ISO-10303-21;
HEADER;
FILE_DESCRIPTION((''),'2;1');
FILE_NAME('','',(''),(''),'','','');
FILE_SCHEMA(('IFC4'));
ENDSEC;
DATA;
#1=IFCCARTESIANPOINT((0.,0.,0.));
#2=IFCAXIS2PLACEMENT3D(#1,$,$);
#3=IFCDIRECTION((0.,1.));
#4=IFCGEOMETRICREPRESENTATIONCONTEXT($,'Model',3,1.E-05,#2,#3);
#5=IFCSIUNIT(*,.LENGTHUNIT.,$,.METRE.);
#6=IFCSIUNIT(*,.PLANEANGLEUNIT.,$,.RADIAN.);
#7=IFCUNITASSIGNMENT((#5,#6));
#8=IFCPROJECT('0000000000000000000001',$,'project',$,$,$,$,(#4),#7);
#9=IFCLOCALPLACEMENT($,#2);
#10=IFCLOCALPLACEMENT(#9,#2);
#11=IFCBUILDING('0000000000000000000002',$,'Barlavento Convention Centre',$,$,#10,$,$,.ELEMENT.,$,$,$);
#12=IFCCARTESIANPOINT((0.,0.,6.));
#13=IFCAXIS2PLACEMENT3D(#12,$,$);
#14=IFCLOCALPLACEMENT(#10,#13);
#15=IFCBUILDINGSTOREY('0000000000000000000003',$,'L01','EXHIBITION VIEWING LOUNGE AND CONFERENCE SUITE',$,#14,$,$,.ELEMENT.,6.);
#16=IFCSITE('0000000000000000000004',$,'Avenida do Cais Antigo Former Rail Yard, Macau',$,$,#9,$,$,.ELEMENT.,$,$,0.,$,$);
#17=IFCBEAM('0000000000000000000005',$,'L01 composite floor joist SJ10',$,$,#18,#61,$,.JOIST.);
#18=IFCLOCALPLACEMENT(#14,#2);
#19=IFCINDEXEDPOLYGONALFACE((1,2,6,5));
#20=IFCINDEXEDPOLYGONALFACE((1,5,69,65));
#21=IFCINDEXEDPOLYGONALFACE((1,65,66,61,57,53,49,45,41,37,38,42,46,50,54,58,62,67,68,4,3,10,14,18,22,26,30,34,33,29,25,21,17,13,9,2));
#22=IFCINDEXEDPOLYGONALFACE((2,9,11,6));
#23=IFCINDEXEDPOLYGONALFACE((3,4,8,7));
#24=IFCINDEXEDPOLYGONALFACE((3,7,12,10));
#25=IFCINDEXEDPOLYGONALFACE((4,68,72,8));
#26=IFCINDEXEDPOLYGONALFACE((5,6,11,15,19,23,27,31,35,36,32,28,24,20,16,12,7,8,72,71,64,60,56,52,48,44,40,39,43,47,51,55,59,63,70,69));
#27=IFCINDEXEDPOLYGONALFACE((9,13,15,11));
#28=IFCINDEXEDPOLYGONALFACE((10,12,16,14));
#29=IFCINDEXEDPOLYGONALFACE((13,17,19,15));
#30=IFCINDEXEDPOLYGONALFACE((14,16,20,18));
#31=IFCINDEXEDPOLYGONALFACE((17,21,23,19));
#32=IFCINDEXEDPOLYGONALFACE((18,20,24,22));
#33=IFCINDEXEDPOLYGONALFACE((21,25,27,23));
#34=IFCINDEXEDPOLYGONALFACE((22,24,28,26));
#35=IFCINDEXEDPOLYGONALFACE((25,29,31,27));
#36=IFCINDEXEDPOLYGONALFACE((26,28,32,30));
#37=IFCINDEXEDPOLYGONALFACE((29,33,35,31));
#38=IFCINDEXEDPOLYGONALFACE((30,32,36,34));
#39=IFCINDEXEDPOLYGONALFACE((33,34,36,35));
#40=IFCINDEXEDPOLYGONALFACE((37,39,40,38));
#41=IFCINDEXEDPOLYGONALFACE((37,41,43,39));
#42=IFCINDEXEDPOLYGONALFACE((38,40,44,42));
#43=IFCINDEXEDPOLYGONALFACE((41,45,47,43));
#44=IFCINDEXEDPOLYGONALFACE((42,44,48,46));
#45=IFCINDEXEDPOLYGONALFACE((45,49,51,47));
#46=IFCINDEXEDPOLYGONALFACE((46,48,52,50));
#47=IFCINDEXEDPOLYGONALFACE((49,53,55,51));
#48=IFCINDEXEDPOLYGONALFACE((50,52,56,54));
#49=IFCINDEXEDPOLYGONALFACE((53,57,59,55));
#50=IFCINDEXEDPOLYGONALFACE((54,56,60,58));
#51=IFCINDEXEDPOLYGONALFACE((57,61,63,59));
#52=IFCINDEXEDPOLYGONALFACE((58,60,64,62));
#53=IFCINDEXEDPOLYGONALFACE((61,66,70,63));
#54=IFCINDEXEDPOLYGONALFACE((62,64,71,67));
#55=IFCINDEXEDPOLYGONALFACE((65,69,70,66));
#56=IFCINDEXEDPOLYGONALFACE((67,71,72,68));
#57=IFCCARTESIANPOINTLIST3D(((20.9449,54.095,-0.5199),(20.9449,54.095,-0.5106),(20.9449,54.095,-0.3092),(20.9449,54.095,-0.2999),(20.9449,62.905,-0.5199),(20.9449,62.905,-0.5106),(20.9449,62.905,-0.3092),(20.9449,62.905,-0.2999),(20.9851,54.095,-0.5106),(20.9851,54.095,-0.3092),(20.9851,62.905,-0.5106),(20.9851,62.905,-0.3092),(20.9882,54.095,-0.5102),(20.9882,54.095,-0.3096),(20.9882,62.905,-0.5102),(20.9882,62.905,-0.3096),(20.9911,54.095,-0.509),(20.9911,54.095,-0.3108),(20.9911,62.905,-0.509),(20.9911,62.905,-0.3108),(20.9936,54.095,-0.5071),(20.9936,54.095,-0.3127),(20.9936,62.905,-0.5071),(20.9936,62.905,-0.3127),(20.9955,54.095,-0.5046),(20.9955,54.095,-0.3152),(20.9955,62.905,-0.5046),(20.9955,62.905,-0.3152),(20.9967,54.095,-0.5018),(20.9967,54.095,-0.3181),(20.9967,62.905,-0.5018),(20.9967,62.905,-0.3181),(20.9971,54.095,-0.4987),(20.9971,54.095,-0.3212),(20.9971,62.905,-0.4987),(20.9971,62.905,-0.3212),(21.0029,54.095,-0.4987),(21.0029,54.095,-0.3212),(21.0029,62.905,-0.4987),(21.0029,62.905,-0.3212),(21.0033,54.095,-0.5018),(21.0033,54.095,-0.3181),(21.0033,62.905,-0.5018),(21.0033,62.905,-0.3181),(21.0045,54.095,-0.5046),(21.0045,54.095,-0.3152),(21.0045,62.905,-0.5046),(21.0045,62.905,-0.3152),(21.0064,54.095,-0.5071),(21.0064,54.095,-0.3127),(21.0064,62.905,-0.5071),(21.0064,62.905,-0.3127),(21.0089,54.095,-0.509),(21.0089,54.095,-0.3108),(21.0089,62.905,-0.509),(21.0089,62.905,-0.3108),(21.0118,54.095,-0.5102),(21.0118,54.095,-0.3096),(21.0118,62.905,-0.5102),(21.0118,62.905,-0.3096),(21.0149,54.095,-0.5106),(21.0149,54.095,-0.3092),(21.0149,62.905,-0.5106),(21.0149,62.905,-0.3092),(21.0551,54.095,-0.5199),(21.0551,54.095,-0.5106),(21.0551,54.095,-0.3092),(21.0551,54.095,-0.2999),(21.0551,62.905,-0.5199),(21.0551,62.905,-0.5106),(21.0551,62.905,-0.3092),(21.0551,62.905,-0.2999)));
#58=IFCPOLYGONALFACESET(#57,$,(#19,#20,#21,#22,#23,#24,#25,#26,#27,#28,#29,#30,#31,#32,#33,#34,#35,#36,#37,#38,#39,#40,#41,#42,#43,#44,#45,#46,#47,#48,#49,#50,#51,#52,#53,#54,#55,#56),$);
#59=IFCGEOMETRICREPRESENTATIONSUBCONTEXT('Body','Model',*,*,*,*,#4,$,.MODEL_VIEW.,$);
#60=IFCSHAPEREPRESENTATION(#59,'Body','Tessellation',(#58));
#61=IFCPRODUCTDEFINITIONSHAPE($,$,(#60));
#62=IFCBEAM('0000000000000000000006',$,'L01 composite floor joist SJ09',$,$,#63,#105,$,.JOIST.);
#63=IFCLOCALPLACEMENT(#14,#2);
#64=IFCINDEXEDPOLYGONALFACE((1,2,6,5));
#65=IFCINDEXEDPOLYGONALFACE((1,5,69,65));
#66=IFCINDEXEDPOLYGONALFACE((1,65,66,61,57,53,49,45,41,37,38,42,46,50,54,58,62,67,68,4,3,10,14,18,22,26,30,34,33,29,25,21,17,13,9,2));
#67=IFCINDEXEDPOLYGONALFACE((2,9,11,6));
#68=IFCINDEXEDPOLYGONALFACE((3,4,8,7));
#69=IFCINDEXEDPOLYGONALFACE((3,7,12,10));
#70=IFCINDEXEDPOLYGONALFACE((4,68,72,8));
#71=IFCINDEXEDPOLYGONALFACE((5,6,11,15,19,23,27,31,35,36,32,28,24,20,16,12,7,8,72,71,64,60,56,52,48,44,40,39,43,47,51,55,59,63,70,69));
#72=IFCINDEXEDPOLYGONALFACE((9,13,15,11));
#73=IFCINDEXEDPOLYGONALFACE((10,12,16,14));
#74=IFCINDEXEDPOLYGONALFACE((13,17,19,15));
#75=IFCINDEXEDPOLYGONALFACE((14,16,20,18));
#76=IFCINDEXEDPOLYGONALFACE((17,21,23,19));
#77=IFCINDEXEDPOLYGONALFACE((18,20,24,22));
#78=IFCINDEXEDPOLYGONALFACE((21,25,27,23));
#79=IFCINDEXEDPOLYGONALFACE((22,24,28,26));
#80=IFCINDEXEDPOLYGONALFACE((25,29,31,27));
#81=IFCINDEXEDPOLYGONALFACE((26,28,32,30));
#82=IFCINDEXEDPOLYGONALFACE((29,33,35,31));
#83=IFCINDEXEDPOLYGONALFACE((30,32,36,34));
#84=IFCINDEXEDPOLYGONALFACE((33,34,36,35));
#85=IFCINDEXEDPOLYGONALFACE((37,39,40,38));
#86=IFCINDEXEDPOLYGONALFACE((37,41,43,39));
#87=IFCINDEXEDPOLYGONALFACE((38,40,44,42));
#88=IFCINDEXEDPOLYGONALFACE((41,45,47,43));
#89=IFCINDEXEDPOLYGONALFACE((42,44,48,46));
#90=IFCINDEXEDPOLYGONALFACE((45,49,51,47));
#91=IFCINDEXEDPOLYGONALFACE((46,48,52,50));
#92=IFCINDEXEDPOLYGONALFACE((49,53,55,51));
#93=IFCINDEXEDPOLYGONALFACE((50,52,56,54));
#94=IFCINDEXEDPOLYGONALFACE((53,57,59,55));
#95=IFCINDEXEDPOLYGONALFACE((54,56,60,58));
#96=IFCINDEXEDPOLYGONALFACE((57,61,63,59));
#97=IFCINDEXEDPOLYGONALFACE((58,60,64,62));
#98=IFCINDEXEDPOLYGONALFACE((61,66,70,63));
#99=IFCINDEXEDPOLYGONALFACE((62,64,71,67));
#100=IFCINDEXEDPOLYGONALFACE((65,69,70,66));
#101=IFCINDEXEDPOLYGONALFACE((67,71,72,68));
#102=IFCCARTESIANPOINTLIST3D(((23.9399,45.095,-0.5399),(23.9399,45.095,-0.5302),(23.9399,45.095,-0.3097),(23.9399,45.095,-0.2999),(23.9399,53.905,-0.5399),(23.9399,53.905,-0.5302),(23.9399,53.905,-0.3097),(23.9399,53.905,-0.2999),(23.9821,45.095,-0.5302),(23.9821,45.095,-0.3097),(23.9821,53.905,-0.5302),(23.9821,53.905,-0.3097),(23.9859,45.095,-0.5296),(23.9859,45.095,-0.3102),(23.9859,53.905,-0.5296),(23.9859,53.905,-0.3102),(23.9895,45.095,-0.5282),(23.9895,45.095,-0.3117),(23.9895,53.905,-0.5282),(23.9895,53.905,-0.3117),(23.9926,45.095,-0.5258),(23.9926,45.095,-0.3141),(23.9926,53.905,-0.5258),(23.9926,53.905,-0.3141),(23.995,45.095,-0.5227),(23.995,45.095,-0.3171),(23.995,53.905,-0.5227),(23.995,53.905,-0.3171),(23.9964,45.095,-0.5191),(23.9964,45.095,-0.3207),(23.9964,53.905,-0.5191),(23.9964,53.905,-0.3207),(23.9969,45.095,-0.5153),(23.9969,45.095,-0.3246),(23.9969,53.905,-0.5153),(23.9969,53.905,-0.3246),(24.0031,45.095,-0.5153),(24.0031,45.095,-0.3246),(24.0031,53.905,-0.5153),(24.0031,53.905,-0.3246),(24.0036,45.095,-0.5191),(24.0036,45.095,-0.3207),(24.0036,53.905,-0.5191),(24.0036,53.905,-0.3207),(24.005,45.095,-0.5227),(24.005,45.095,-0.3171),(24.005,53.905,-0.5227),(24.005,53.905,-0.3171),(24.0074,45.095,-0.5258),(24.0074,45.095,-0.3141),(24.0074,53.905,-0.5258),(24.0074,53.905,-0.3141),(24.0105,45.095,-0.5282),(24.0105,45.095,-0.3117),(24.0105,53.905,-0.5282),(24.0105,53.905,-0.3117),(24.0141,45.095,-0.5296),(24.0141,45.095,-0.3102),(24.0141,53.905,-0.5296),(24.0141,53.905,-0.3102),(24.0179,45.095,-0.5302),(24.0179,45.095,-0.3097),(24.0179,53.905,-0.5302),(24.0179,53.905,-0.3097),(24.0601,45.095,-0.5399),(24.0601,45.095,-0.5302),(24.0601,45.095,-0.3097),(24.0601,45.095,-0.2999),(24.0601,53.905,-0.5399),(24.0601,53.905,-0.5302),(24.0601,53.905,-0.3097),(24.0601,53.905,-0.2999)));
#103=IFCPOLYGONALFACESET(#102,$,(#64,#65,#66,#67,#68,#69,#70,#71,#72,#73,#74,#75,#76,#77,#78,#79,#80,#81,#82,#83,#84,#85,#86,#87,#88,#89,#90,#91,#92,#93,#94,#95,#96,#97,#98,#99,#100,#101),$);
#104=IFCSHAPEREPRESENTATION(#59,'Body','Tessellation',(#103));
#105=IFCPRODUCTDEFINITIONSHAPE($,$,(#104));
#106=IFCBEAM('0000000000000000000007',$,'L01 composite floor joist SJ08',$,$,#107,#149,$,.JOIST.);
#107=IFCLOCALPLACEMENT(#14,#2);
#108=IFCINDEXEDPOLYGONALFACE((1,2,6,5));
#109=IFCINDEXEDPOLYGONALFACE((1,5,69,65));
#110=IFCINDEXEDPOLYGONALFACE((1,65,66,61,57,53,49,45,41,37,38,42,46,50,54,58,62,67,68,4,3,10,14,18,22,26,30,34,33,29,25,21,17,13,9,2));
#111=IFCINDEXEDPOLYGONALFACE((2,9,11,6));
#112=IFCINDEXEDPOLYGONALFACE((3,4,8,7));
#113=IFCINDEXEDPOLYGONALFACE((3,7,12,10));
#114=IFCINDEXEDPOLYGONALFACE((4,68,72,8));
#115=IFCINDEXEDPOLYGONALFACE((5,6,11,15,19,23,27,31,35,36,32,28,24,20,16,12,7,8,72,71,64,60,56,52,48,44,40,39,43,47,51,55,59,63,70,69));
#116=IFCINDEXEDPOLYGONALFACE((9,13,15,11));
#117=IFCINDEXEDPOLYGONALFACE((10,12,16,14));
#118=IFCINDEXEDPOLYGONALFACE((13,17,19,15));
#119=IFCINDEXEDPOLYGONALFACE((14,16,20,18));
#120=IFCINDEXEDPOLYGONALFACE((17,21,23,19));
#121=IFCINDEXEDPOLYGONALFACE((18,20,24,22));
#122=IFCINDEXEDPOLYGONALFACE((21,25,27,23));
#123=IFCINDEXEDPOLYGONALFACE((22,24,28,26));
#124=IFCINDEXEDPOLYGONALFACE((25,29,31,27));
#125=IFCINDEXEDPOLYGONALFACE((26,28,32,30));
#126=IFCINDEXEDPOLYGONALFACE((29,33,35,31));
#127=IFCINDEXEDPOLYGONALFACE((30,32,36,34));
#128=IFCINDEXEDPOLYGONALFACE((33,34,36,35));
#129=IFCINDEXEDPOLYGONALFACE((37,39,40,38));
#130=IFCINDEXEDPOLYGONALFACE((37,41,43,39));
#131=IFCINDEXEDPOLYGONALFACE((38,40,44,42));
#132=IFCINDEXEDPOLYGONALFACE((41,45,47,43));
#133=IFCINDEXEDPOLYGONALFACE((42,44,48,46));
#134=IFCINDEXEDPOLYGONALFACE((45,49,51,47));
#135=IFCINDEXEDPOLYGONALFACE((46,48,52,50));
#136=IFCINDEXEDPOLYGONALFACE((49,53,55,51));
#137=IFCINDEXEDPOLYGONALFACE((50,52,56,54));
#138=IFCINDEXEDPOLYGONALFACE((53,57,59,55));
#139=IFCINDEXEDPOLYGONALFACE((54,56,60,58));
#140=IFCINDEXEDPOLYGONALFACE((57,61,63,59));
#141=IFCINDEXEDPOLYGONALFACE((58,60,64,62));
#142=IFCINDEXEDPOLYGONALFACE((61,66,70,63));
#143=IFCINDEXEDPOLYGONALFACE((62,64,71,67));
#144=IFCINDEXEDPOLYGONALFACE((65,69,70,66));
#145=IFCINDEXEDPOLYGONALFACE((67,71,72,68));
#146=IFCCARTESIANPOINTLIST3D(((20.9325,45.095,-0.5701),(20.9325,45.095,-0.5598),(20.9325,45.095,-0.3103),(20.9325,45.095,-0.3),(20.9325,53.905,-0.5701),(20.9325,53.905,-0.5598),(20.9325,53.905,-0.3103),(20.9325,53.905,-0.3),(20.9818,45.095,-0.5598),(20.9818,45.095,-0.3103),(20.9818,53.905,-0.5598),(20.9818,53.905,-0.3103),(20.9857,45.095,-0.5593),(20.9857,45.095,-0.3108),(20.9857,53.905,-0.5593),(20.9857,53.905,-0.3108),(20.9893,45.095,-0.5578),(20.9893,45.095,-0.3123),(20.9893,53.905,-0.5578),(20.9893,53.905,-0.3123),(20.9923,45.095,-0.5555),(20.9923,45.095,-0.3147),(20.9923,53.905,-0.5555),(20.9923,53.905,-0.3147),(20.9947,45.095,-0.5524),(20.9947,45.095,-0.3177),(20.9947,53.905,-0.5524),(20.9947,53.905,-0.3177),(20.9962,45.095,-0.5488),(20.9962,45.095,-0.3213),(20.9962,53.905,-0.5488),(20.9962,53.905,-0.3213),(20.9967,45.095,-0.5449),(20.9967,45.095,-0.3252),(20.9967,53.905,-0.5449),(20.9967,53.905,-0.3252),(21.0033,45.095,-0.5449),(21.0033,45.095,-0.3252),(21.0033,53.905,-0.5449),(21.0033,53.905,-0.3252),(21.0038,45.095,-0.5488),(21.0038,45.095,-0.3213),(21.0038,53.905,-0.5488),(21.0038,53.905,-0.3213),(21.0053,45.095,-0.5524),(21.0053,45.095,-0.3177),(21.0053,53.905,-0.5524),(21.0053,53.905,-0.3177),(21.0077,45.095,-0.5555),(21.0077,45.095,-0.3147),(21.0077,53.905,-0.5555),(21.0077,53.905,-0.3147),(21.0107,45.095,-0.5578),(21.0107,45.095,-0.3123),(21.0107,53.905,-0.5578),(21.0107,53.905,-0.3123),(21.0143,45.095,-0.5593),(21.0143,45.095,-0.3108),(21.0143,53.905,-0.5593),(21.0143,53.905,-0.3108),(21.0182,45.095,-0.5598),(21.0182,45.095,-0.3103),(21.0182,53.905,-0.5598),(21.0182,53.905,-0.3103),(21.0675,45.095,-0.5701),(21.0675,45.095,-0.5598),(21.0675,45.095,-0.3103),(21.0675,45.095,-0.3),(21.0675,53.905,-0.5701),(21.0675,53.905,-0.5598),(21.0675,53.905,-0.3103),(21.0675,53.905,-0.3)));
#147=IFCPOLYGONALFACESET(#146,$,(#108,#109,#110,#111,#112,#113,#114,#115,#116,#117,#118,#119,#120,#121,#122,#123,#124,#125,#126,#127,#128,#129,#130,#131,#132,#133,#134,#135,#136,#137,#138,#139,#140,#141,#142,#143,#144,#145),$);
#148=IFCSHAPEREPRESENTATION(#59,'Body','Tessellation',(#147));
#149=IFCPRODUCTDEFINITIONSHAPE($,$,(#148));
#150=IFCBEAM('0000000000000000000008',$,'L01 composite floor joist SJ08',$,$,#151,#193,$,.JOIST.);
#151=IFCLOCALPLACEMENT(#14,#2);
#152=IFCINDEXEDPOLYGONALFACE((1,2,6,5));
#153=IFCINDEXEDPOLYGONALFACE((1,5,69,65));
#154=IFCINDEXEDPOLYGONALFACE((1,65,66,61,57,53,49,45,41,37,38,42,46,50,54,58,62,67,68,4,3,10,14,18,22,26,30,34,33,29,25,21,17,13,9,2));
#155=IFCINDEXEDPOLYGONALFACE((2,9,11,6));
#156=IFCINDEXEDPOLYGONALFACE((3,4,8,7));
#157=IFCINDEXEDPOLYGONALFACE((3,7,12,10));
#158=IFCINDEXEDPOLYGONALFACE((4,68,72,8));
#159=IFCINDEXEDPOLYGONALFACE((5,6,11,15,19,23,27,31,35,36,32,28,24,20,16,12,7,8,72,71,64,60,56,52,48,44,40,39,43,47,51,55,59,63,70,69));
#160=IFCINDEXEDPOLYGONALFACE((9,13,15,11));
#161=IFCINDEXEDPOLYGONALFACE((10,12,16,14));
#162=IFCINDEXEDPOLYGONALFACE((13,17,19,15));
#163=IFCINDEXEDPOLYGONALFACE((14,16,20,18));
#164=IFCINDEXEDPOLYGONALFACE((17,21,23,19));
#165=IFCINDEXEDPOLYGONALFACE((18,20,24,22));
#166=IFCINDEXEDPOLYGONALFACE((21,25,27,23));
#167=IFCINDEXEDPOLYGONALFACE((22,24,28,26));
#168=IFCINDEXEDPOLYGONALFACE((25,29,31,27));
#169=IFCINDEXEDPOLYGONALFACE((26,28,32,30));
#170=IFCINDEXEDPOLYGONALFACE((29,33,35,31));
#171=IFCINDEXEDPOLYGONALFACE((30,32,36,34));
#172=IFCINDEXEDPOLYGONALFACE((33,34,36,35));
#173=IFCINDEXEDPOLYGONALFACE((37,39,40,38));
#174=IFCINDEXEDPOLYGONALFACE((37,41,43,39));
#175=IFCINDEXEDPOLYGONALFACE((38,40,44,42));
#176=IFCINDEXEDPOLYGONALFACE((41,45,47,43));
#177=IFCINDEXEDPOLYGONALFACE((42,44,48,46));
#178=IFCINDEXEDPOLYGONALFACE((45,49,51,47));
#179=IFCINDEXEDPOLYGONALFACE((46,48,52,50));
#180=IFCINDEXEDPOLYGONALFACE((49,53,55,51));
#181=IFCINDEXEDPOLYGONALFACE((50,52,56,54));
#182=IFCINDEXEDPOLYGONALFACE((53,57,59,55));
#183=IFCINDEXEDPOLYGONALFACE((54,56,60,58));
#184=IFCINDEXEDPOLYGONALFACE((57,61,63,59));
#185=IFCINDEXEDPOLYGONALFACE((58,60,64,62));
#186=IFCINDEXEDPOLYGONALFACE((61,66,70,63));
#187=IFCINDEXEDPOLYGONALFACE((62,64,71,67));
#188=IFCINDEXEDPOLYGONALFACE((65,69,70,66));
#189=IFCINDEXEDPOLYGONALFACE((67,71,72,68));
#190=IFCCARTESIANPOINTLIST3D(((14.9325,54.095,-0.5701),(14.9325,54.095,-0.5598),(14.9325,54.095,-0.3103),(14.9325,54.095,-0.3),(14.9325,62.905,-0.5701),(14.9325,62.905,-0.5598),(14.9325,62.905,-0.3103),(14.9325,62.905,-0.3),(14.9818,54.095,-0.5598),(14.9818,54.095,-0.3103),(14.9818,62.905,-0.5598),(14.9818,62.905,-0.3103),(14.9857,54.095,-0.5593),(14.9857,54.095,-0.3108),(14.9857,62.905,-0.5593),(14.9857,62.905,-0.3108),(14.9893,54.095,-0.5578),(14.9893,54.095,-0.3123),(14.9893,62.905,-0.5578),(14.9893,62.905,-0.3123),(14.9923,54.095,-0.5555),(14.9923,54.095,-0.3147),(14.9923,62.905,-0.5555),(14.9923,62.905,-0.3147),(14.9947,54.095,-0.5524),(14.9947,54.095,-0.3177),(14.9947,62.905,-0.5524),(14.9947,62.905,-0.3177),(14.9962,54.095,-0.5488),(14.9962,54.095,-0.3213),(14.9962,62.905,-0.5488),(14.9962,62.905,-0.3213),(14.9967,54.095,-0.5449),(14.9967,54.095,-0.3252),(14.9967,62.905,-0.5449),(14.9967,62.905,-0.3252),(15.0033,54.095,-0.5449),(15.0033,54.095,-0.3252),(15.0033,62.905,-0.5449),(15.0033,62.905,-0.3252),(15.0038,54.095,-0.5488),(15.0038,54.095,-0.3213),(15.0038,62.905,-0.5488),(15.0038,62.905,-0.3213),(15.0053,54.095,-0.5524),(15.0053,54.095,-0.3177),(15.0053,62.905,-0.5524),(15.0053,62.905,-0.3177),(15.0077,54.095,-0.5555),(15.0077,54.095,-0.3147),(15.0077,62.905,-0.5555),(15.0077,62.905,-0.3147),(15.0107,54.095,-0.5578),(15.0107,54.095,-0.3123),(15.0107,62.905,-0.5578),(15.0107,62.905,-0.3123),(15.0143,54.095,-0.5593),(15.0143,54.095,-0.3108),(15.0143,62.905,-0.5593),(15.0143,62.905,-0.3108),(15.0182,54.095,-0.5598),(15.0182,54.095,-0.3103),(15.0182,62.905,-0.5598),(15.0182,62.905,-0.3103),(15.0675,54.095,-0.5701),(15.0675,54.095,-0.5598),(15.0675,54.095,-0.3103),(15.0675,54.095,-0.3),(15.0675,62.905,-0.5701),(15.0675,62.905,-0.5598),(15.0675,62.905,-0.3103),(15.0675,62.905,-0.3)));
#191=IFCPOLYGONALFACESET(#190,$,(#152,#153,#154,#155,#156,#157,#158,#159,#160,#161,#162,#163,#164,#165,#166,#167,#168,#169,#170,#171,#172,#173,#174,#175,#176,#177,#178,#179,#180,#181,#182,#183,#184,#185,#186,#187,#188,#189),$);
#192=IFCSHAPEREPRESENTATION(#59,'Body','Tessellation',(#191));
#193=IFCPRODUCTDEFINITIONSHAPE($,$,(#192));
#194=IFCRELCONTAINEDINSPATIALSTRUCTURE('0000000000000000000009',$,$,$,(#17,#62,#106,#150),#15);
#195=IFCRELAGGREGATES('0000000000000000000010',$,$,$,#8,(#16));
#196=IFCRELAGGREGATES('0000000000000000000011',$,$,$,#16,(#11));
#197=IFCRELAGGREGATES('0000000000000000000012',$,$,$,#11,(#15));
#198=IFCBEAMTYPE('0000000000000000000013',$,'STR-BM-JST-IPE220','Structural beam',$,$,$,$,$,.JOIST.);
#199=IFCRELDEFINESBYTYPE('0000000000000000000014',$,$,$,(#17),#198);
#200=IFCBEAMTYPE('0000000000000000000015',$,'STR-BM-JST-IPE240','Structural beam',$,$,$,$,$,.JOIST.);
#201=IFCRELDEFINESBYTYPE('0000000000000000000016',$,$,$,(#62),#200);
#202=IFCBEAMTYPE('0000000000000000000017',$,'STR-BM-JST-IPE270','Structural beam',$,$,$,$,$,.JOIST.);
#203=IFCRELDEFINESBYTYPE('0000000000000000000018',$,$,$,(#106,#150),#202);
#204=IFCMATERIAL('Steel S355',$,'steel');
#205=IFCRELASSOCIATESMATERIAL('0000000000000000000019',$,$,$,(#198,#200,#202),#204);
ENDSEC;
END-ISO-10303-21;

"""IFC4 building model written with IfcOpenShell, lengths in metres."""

from ifc_helpers import new_model, si_unit, direction, frame, origin, origin_2d, place, context, subcontext, project, spatial, i_section, extrude, material, material_profile, profile_set, type_object, element, save


model = new_model("IFC4")

# Units and contexts
model_context = context("Model", 3, precision=1e-05, world=origin(), true_north=direction((0.0, 1.0)))
body_context = subcontext(model_context, "Body", "Model", "MODEL_VIEW")
ifc_project = project(units=[si_unit("LENGTHUNIT", "METRE"), si_unit("PLANEANGLEUNIT", "RADIAN")], contexts=[model_context])

# Site, building, storey
site_placement = place(None, origin())
site = spatial("IfcSite", under=ifc_project, at=site_placement, Name="Avenida do Cais Antigo Former Rail Yard, Macau", CompositionType="ELEMENT", RefElevation=0.0)
building_placement = place(site_placement, origin())
building = spatial("IfcBuilding", under=site, at=building_placement, Name="Barlavento Convention Centre", CompositionType="ELEMENT")
storey_placement = place(building_placement, frame((0.0, 0.0, 6.0)))
storey = spatial("IfcBuildingStorey", under=building, at=storey_placement, Name="L01", Description="EXHIBITION VIEWING LOUNGE AND CONFERENCE SUITE", CompositionType="ELEMENT", Elevation=6.0)

# Shared definitions
ifc_material_1 = material(Name="Steel S355", Category="steel")

# Beams
ifc_material_profile_1 = material_profile(ifc_material_1, i_section(OverallWidth=0.1101, OverallDepth=0.22, WebThickness=0.0059, FlangeThickness=0.0093, FilletRadius=0.012, at=origin_2d()), Name="IPE 220")
ifc_profile_set_1 = profile_set([ifc_material_profile_1], Name="Steel S355")
beam_type_1 = type_object("IfcBeamType", Name="STR-BM-JST-IPE220", Description="Structural beam", PredefinedType="JOIST", material=ifc_profile_set_1)
beam_1_placement = place(storey_placement, frame((21.0, 54.095, -0.4099), z_axis=(0.0, 1.0, 0.0), x_axis=(-1.0, 0.0, 0.0)))
element("IfcBeam", 1, at=beam_1_placement, inside=storey, type_object=beam_type_1, Name="L01 composite floor joist SJ10", PredefinedType="JOIST", context=body_context, shape_type="SweptSolid", body=[
    extrude(i_section(OverallWidth=0.1101, OverallDepth=0.22, WebThickness=0.0059, FlangeThickness=0.0093, FilletRadius=0.012, at=origin_2d()), origin(), (0.0, 0.0, 1.0), 8.8101),
])
ifc_material_profile_2 = material_profile(ifc_material_1, i_section(OverallWidth=0.1201, OverallDepth=0.24, WebThickness=0.0061, FlangeThickness=0.0098, FilletRadius=0.0149, at=origin_2d()), Name="IPE 240")
ifc_profile_set_2 = profile_set([ifc_material_profile_2], Name="Steel S355")
beam_type_2 = type_object("IfcBeamType", Name="STR-BM-JST-IPE240", Description="Structural beam", PredefinedType="JOIST", material=ifc_profile_set_2)
beam_2_placement = place(storey_placement, frame((24.0, 45.095, -0.4199), z_axis=(0.0, 1.0, 0.0), x_axis=(-1.0, 0.0, 0.0)))
element("IfcBeam", 2, at=beam_2_placement, inside=storey, type_object=beam_type_2, Name="L01 composite floor joist SJ09", PredefinedType="JOIST", context=body_context, shape_type="SweptSolid", body=[
    extrude(i_section(OverallWidth=0.1201, OverallDepth=0.24, WebThickness=0.0061, FlangeThickness=0.0098, FilletRadius=0.0149, at=origin_2d()), origin(), (0.0, 0.0, 1.0), 8.8101),
])
ifc_material_profile_3 = material_profile(ifc_material_1, i_section(OverallWidth=0.135, OverallDepth=0.27, WebThickness=0.0066, FlangeThickness=0.0103, FilletRadius=0.0149, at=origin_2d()), Name="IPE 270")
ifc_profile_set_3 = profile_set([ifc_material_profile_3], Name="Steel S355")
beam_type_3 = type_object("IfcBeamType", Name="STR-BM-JST-IPE270", Description="Structural beam", PredefinedType="JOIST", material=ifc_profile_set_3)
for number, where, z_axis, x_axis, name in (
    (3, (21.0, 45.095, -0.4351), (0.0, 1.0, 0.0), (-1.0, 0.0, 0.0), "L01 composite floor joist SJ08"),
    (4, (15.0, 54.095, -0.4351), (0.0, 1.0, 0.0), (-1.0, 0.0, 0.0), "L01 composite floor joist SJ08"),
):
    element("IfcBeam", number, at=place(storey_placement, frame(where, z_axis=z_axis, x_axis=x_axis)), inside=storey, type_object=beam_type_3, Name=name, PredefinedType="JOIST", context=body_context, shape_type="SweptSolid", body=[
        extrude(i_section(OverallWidth=0.135, OverallDepth=0.27, WebThickness=0.0066, FlangeThickness=0.0103, FilletRadius=0.0149, at=origin_2d()), origin(), (0.0, 0.0, 1.0), 8.8101),
    ])

save(model, "model.ifc")
